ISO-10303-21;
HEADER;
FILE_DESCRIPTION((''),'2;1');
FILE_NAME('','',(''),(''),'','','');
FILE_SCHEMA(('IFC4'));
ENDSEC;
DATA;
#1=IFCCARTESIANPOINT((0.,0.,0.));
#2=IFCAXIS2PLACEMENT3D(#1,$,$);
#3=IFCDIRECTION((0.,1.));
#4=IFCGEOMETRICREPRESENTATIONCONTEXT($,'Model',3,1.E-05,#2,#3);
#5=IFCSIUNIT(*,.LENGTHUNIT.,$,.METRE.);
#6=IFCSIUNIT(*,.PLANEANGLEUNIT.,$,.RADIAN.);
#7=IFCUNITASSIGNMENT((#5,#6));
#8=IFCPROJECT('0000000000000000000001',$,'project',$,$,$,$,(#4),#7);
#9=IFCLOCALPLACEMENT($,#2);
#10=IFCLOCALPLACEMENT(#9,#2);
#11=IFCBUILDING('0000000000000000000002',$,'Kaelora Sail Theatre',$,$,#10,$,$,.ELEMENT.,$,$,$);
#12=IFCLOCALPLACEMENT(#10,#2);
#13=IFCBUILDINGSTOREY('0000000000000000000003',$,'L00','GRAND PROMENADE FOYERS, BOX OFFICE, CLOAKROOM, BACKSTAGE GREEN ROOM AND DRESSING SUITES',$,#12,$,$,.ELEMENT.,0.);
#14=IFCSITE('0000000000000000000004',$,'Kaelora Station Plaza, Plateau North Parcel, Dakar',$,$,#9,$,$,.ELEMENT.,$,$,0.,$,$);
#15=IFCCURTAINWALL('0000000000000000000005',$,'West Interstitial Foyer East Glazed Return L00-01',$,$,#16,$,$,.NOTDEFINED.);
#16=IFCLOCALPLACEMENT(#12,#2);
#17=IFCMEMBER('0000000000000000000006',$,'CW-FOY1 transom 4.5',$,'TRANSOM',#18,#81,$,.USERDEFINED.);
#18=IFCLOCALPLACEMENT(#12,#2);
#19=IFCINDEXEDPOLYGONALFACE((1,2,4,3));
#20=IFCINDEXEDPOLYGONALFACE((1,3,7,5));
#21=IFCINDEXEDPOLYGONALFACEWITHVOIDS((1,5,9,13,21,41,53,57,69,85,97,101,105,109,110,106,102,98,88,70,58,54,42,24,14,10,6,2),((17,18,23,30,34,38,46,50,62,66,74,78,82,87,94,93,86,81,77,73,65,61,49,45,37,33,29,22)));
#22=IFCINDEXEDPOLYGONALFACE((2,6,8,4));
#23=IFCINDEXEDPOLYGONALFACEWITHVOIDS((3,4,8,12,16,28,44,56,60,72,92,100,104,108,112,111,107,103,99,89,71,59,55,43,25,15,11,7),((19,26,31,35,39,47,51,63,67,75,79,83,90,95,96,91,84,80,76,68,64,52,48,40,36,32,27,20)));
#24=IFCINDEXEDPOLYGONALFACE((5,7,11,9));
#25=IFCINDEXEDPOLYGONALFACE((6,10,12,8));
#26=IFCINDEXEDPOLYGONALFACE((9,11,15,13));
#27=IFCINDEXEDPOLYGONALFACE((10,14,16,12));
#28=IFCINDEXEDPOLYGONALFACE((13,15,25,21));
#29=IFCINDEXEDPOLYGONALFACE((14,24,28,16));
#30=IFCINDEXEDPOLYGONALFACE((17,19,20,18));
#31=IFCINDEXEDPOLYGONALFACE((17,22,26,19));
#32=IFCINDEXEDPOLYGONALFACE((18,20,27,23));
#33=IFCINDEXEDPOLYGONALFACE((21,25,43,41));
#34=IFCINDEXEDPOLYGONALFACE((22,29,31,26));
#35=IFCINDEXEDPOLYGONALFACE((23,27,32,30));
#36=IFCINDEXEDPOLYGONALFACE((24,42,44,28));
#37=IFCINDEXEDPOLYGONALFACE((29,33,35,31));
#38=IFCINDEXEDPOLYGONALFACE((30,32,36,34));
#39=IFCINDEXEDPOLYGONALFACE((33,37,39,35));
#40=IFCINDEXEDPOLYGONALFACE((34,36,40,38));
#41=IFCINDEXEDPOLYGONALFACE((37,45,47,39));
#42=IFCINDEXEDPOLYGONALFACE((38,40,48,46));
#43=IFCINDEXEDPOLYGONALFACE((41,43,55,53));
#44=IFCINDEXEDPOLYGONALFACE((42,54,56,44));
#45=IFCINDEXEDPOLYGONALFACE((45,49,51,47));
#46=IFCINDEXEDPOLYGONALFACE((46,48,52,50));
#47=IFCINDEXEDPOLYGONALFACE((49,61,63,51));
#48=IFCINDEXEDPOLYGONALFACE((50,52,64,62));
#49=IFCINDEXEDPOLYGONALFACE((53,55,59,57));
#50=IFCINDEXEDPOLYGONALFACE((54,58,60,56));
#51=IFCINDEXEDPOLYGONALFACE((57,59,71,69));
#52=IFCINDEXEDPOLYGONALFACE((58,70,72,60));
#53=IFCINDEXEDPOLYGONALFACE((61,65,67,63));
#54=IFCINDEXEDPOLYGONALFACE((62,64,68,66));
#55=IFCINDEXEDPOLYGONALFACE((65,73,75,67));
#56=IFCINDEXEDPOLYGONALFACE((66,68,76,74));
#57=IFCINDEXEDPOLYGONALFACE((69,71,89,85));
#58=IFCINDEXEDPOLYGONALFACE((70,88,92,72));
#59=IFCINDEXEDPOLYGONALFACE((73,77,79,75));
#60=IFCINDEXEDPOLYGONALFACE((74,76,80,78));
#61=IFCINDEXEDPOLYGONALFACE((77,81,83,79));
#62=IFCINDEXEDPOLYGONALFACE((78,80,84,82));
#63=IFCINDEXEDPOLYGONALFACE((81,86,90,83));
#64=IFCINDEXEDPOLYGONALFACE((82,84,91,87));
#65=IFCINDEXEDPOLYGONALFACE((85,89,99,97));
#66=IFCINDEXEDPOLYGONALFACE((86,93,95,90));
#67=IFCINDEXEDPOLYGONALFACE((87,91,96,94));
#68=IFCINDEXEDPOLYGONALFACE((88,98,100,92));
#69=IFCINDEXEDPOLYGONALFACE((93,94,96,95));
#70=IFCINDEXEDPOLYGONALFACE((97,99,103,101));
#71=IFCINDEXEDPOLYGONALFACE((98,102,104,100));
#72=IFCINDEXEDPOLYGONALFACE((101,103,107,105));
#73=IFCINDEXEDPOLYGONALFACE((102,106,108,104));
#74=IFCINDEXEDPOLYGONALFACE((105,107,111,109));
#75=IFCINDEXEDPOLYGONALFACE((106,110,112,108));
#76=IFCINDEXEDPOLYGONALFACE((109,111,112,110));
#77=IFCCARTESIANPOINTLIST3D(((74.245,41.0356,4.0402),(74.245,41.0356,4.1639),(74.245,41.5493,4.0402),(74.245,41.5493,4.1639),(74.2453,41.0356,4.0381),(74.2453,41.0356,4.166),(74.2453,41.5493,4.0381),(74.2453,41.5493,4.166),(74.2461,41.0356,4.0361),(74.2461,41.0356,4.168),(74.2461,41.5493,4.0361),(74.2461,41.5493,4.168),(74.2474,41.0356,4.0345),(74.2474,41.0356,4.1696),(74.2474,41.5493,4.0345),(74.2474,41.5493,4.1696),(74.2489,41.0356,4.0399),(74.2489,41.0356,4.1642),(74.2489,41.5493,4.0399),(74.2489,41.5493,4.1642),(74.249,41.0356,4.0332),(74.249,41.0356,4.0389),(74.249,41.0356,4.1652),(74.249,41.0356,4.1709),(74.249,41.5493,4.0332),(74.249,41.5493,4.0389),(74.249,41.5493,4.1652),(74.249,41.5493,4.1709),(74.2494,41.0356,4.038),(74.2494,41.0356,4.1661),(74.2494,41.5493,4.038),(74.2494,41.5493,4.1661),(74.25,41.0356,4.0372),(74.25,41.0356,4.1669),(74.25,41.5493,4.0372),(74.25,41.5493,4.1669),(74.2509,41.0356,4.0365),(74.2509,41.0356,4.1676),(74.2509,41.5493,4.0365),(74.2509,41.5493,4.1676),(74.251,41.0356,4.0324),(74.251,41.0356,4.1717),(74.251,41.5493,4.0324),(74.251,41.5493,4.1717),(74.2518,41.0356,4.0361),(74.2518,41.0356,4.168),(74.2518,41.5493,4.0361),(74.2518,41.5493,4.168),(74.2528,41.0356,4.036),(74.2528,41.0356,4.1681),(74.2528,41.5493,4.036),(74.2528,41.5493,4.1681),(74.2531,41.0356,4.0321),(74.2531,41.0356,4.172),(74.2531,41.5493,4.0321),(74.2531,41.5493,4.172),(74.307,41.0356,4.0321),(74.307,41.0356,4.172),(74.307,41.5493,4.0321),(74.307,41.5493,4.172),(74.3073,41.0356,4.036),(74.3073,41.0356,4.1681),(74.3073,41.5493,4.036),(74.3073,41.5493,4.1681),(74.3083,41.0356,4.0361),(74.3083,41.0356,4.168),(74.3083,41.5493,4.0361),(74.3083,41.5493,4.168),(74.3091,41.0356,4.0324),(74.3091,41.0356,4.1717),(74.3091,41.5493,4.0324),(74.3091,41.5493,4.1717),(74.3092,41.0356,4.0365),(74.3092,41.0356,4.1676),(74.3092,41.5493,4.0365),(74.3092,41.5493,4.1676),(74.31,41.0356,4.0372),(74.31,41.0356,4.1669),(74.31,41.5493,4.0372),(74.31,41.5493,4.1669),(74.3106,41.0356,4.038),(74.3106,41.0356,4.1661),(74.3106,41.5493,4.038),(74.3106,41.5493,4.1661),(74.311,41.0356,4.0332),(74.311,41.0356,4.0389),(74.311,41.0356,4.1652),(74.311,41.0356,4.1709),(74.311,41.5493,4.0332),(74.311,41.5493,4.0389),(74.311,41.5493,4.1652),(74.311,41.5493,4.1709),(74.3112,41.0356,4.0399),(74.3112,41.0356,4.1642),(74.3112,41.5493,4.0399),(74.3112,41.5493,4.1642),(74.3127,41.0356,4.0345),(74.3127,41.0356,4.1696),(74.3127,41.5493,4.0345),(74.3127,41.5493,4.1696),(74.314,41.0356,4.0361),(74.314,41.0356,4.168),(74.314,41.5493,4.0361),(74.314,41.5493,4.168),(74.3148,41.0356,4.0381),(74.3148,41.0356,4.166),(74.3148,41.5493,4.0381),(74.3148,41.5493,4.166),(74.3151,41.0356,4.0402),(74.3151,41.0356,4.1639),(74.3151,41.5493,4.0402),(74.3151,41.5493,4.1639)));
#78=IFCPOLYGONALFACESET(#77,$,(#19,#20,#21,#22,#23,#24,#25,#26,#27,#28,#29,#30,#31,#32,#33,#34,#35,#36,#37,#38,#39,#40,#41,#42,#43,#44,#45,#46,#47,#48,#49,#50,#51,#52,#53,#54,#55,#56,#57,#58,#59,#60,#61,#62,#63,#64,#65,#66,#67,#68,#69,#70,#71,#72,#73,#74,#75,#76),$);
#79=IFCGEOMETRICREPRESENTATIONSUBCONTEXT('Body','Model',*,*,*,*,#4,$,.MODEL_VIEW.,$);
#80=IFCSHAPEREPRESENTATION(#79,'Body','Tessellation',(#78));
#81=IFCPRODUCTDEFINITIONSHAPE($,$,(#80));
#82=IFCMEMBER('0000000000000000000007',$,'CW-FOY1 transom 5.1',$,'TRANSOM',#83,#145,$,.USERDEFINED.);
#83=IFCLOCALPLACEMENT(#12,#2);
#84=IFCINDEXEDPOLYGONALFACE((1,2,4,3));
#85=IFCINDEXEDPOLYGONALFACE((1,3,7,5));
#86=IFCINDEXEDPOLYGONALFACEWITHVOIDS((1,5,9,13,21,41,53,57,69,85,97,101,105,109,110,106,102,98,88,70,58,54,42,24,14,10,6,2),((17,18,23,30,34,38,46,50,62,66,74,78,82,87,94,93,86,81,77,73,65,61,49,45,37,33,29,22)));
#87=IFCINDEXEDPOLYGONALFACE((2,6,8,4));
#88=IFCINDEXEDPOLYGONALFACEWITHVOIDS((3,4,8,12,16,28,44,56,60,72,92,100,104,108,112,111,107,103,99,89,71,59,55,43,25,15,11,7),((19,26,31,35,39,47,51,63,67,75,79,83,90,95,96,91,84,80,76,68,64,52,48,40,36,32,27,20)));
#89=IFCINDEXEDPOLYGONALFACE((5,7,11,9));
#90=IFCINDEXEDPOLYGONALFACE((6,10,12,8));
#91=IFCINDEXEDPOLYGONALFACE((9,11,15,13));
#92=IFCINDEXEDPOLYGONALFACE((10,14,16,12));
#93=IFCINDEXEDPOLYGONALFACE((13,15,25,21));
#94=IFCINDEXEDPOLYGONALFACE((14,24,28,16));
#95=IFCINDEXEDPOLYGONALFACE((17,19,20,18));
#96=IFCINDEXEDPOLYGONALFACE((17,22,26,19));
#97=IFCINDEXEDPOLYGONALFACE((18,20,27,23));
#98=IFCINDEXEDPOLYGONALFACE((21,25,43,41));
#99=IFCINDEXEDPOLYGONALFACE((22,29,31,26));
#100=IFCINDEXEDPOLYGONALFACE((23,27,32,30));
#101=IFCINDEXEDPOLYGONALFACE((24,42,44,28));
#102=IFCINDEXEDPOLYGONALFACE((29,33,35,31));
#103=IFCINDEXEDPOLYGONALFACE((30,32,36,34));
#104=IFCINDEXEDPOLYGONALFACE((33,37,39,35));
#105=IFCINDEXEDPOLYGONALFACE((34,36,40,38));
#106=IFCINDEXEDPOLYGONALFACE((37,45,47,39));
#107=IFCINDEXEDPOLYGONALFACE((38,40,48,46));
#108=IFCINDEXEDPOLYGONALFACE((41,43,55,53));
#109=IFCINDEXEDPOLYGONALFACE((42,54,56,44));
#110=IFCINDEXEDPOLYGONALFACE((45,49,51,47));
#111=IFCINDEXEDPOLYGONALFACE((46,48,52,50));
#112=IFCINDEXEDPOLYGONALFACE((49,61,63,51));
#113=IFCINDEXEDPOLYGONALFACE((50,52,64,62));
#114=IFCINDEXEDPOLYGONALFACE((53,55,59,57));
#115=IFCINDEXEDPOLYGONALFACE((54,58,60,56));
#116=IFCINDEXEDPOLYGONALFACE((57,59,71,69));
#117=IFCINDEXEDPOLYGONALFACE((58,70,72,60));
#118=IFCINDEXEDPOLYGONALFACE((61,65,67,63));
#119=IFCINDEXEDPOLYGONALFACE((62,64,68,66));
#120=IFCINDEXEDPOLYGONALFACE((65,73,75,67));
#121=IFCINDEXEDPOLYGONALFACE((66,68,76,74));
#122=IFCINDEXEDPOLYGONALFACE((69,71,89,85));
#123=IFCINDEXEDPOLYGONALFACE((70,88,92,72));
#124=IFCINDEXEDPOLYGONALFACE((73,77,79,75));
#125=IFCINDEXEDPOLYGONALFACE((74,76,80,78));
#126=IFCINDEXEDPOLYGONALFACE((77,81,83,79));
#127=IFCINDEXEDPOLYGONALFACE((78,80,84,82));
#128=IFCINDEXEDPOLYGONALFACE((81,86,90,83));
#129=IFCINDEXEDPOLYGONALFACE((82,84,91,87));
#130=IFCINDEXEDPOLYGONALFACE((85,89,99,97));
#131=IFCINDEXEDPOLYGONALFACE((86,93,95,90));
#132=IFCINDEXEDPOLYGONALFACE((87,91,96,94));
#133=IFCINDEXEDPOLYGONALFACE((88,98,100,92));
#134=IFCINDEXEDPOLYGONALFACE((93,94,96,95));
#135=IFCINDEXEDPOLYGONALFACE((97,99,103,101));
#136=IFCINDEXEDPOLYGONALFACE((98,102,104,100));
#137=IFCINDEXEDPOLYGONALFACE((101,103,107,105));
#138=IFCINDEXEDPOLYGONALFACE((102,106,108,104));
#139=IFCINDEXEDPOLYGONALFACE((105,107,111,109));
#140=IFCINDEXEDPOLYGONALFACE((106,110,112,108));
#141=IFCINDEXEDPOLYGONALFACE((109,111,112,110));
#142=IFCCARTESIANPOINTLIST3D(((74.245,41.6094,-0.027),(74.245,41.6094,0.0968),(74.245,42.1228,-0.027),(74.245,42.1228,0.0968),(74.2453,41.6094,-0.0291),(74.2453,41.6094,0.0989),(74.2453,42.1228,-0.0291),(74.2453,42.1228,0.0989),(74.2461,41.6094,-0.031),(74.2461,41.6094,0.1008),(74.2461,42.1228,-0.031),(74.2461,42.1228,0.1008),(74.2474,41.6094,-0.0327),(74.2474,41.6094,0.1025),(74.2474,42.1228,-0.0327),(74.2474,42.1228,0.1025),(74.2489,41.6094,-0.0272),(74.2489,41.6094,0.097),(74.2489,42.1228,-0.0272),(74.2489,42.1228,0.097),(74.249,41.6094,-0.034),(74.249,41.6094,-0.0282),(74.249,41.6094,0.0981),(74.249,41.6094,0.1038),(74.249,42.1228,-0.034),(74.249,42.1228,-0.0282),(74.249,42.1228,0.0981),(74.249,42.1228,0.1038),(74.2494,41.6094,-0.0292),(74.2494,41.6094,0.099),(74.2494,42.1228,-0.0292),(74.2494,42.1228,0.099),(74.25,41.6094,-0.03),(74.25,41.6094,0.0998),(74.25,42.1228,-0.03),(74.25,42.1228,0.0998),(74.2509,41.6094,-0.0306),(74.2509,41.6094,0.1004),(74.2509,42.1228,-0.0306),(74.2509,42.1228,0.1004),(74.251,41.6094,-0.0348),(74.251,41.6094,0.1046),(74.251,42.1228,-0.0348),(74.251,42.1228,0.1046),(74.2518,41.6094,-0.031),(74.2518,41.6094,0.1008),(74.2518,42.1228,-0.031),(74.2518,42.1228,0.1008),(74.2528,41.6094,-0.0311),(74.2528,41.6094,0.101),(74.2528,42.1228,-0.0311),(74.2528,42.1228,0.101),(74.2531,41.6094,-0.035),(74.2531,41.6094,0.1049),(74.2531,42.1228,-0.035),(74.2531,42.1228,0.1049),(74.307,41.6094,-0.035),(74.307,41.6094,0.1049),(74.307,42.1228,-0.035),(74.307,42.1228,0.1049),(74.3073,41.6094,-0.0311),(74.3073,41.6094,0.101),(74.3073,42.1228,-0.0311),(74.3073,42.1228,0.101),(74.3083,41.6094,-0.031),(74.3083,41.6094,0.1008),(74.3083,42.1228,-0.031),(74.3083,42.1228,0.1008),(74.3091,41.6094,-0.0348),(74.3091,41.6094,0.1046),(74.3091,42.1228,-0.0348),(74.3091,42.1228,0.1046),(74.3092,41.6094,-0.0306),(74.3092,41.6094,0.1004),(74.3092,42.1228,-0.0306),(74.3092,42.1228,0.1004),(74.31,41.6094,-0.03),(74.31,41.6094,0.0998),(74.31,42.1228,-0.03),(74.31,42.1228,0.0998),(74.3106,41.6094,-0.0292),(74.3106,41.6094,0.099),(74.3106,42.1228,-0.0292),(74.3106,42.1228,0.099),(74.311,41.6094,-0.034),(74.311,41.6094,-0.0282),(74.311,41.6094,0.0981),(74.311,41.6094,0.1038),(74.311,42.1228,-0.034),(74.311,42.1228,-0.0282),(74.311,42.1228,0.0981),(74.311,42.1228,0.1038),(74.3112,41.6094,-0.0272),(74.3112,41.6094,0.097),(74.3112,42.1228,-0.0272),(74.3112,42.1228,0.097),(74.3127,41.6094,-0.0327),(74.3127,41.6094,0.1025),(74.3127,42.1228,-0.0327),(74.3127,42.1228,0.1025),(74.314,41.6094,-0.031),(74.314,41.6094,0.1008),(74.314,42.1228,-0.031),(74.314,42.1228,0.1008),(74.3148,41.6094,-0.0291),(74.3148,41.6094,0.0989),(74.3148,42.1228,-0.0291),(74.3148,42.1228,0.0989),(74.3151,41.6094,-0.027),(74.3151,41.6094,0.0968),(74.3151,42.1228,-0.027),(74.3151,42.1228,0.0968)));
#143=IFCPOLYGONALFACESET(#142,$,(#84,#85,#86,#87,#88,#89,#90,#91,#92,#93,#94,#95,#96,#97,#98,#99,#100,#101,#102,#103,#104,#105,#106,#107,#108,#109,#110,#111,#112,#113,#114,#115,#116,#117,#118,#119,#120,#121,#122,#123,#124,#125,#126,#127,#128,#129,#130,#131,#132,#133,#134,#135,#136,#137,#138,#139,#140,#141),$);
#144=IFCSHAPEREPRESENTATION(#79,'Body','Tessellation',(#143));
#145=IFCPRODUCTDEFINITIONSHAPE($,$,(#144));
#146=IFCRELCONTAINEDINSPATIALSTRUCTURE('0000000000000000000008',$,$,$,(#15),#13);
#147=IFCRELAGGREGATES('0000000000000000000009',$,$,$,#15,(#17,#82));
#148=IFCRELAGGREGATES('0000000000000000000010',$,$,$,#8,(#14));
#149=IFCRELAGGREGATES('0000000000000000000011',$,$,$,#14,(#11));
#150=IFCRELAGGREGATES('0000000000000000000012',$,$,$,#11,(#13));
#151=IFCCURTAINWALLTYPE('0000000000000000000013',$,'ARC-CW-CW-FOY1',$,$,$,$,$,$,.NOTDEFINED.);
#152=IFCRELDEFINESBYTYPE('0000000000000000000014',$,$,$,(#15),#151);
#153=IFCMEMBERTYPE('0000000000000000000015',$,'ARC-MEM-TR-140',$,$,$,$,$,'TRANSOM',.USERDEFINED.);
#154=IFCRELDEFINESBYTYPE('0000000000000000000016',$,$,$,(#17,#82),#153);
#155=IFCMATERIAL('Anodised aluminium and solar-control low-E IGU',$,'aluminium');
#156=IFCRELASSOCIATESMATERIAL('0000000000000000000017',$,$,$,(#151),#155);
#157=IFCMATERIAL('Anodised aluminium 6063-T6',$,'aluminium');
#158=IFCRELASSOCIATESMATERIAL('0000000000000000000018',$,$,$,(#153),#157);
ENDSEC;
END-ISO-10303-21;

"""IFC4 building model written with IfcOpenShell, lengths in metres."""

from ifc_helpers import new_model, si_unit, direction, frame, origin, origin_2d, place, context, subcontext, project, spatial, hollow_rectangle, extrude, material, material_profile, profile_set, type_object, element, aggregate, save


model = new_model("IFC4")

# Units and contexts
model_context = context("Model", 3, precision=1e-05, world=origin(), true_north=direction((0.0, 1.0)))
body_context = subcontext(model_context, "Body", "Model", "MODEL_VIEW")
ifc_project = project(units=[si_unit("LENGTHUNIT", "METRE"), si_unit("PLANEANGLEUNIT", "RADIAN")], contexts=[model_context])

# Site, building, storey
site_placement = place(None, origin())
site = spatial("IfcSite", under=ifc_project, at=site_placement, Name="Kaelora Station Plaza, Plateau North Parcel, Dakar", CompositionType="ELEMENT", RefElevation=0.0)
building_placement = place(site_placement, origin())
building = spatial("IfcBuilding", under=site, at=building_placement, Name="Kaelora Sail Theatre", CompositionType="ELEMENT")
storey_placement = place(building_placement, origin())
storey = spatial("IfcBuildingStorey", under=building, at=storey_placement, Name="L00", Description="GRAND PROMENADE FOYERS, BOX OFFICE, CLOAKROOM, BACKSTAGE GREEN ROOM AND DRESSING SUITES", CompositionType="ELEMENT", Elevation=0.0)

# Curtain wall, members
ifc_material_1 = material(Name="Anodised aluminium and solar-control low-E IGU", Category="aluminium")
curtain_wall_type = type_object("IfcCurtainWallType", Name="ARC-CW-CW-FOY1", PredefinedType="NOTDEFINED", material=ifc_material_1)
curtain_wall_placement = place(storey_placement, origin())
curtain_wall = element("IfcCurtainWall", 1, at=curtain_wall_placement, inside=storey, type_object=curtain_wall_type, Name="West Interstitial Foyer East Glazed Return L00-01", PredefinedType="NOTDEFINED")
ifc_material_2 = material(Name="Anodised aluminium 6063-T6", Category="aluminium")
ifc_material_profile_1 = material_profile(ifc_material_2, hollow_rectangle(XDim=0.0701, YDim=0.1399, WallThickness=0.0039, InnerFilletRadius=0.0039, OuterFilletRadius=0.0081, at=origin_2d()), Name="ALU-TRAN 70x140x4")
ifc_profile_set_1 = profile_set([ifc_material_profile_1], Name="Anodised aluminium 6063-T6")
member_type_1 = type_object("IfcMemberType", Name="ARC-MEM-TR-140", ElementType="TRANSOM", PredefinedType="USERDEFINED", material=ifc_profile_set_1)
member_1_placement = place(storey_placement, frame((74.28, 41.0356, 4.1021), z_axis=(0.0, 1.0, 0.0), x_axis=(-1.0, 0.0, 0.0)))
member_1 = element("IfcMember", 2, at=member_1_placement, type_object=member_type_1, Name="CW-FOY1 transom 4.5", ObjectType="TRANSOM", PredefinedType="USERDEFINED", context=body_context, shape_type="SweptSolid", body=[
    extrude(hollow_rectangle(XDim=0.0701, YDim=0.1399, WallThickness=0.0039, InnerFilletRadius=0.0039, OuterFilletRadius=0.0081, at=origin_2d()), origin(), (0.0, 0.0, 1.0), 0.5137),
])
member_2_placement = place(storey_placement, frame((74.28, 41.6094, 0.0349), z_axis=(0.0, 1.0, 0.0), x_axis=(-1.0, 0.0, 0.0)))
member_2 = element("IfcMember", 3, at=member_2_placement, type_object=member_type_1, Name="CW-FOY1 transom 5.1", ObjectType="TRANSOM", PredefinedType="USERDEFINED", context=body_context, shape_type="SweptSolid", body=[
    extrude(hollow_rectangle(XDim=0.0701, YDim=0.1399, WallThickness=0.0039, InnerFilletRadius=0.0039, OuterFilletRadius=0.0081, at=origin_2d()), origin(), (0.0, 0.0, 1.0), 0.5134),
])

aggregate(curtain_wall, [member_1, member_2])

save(model, "model.ifc")
